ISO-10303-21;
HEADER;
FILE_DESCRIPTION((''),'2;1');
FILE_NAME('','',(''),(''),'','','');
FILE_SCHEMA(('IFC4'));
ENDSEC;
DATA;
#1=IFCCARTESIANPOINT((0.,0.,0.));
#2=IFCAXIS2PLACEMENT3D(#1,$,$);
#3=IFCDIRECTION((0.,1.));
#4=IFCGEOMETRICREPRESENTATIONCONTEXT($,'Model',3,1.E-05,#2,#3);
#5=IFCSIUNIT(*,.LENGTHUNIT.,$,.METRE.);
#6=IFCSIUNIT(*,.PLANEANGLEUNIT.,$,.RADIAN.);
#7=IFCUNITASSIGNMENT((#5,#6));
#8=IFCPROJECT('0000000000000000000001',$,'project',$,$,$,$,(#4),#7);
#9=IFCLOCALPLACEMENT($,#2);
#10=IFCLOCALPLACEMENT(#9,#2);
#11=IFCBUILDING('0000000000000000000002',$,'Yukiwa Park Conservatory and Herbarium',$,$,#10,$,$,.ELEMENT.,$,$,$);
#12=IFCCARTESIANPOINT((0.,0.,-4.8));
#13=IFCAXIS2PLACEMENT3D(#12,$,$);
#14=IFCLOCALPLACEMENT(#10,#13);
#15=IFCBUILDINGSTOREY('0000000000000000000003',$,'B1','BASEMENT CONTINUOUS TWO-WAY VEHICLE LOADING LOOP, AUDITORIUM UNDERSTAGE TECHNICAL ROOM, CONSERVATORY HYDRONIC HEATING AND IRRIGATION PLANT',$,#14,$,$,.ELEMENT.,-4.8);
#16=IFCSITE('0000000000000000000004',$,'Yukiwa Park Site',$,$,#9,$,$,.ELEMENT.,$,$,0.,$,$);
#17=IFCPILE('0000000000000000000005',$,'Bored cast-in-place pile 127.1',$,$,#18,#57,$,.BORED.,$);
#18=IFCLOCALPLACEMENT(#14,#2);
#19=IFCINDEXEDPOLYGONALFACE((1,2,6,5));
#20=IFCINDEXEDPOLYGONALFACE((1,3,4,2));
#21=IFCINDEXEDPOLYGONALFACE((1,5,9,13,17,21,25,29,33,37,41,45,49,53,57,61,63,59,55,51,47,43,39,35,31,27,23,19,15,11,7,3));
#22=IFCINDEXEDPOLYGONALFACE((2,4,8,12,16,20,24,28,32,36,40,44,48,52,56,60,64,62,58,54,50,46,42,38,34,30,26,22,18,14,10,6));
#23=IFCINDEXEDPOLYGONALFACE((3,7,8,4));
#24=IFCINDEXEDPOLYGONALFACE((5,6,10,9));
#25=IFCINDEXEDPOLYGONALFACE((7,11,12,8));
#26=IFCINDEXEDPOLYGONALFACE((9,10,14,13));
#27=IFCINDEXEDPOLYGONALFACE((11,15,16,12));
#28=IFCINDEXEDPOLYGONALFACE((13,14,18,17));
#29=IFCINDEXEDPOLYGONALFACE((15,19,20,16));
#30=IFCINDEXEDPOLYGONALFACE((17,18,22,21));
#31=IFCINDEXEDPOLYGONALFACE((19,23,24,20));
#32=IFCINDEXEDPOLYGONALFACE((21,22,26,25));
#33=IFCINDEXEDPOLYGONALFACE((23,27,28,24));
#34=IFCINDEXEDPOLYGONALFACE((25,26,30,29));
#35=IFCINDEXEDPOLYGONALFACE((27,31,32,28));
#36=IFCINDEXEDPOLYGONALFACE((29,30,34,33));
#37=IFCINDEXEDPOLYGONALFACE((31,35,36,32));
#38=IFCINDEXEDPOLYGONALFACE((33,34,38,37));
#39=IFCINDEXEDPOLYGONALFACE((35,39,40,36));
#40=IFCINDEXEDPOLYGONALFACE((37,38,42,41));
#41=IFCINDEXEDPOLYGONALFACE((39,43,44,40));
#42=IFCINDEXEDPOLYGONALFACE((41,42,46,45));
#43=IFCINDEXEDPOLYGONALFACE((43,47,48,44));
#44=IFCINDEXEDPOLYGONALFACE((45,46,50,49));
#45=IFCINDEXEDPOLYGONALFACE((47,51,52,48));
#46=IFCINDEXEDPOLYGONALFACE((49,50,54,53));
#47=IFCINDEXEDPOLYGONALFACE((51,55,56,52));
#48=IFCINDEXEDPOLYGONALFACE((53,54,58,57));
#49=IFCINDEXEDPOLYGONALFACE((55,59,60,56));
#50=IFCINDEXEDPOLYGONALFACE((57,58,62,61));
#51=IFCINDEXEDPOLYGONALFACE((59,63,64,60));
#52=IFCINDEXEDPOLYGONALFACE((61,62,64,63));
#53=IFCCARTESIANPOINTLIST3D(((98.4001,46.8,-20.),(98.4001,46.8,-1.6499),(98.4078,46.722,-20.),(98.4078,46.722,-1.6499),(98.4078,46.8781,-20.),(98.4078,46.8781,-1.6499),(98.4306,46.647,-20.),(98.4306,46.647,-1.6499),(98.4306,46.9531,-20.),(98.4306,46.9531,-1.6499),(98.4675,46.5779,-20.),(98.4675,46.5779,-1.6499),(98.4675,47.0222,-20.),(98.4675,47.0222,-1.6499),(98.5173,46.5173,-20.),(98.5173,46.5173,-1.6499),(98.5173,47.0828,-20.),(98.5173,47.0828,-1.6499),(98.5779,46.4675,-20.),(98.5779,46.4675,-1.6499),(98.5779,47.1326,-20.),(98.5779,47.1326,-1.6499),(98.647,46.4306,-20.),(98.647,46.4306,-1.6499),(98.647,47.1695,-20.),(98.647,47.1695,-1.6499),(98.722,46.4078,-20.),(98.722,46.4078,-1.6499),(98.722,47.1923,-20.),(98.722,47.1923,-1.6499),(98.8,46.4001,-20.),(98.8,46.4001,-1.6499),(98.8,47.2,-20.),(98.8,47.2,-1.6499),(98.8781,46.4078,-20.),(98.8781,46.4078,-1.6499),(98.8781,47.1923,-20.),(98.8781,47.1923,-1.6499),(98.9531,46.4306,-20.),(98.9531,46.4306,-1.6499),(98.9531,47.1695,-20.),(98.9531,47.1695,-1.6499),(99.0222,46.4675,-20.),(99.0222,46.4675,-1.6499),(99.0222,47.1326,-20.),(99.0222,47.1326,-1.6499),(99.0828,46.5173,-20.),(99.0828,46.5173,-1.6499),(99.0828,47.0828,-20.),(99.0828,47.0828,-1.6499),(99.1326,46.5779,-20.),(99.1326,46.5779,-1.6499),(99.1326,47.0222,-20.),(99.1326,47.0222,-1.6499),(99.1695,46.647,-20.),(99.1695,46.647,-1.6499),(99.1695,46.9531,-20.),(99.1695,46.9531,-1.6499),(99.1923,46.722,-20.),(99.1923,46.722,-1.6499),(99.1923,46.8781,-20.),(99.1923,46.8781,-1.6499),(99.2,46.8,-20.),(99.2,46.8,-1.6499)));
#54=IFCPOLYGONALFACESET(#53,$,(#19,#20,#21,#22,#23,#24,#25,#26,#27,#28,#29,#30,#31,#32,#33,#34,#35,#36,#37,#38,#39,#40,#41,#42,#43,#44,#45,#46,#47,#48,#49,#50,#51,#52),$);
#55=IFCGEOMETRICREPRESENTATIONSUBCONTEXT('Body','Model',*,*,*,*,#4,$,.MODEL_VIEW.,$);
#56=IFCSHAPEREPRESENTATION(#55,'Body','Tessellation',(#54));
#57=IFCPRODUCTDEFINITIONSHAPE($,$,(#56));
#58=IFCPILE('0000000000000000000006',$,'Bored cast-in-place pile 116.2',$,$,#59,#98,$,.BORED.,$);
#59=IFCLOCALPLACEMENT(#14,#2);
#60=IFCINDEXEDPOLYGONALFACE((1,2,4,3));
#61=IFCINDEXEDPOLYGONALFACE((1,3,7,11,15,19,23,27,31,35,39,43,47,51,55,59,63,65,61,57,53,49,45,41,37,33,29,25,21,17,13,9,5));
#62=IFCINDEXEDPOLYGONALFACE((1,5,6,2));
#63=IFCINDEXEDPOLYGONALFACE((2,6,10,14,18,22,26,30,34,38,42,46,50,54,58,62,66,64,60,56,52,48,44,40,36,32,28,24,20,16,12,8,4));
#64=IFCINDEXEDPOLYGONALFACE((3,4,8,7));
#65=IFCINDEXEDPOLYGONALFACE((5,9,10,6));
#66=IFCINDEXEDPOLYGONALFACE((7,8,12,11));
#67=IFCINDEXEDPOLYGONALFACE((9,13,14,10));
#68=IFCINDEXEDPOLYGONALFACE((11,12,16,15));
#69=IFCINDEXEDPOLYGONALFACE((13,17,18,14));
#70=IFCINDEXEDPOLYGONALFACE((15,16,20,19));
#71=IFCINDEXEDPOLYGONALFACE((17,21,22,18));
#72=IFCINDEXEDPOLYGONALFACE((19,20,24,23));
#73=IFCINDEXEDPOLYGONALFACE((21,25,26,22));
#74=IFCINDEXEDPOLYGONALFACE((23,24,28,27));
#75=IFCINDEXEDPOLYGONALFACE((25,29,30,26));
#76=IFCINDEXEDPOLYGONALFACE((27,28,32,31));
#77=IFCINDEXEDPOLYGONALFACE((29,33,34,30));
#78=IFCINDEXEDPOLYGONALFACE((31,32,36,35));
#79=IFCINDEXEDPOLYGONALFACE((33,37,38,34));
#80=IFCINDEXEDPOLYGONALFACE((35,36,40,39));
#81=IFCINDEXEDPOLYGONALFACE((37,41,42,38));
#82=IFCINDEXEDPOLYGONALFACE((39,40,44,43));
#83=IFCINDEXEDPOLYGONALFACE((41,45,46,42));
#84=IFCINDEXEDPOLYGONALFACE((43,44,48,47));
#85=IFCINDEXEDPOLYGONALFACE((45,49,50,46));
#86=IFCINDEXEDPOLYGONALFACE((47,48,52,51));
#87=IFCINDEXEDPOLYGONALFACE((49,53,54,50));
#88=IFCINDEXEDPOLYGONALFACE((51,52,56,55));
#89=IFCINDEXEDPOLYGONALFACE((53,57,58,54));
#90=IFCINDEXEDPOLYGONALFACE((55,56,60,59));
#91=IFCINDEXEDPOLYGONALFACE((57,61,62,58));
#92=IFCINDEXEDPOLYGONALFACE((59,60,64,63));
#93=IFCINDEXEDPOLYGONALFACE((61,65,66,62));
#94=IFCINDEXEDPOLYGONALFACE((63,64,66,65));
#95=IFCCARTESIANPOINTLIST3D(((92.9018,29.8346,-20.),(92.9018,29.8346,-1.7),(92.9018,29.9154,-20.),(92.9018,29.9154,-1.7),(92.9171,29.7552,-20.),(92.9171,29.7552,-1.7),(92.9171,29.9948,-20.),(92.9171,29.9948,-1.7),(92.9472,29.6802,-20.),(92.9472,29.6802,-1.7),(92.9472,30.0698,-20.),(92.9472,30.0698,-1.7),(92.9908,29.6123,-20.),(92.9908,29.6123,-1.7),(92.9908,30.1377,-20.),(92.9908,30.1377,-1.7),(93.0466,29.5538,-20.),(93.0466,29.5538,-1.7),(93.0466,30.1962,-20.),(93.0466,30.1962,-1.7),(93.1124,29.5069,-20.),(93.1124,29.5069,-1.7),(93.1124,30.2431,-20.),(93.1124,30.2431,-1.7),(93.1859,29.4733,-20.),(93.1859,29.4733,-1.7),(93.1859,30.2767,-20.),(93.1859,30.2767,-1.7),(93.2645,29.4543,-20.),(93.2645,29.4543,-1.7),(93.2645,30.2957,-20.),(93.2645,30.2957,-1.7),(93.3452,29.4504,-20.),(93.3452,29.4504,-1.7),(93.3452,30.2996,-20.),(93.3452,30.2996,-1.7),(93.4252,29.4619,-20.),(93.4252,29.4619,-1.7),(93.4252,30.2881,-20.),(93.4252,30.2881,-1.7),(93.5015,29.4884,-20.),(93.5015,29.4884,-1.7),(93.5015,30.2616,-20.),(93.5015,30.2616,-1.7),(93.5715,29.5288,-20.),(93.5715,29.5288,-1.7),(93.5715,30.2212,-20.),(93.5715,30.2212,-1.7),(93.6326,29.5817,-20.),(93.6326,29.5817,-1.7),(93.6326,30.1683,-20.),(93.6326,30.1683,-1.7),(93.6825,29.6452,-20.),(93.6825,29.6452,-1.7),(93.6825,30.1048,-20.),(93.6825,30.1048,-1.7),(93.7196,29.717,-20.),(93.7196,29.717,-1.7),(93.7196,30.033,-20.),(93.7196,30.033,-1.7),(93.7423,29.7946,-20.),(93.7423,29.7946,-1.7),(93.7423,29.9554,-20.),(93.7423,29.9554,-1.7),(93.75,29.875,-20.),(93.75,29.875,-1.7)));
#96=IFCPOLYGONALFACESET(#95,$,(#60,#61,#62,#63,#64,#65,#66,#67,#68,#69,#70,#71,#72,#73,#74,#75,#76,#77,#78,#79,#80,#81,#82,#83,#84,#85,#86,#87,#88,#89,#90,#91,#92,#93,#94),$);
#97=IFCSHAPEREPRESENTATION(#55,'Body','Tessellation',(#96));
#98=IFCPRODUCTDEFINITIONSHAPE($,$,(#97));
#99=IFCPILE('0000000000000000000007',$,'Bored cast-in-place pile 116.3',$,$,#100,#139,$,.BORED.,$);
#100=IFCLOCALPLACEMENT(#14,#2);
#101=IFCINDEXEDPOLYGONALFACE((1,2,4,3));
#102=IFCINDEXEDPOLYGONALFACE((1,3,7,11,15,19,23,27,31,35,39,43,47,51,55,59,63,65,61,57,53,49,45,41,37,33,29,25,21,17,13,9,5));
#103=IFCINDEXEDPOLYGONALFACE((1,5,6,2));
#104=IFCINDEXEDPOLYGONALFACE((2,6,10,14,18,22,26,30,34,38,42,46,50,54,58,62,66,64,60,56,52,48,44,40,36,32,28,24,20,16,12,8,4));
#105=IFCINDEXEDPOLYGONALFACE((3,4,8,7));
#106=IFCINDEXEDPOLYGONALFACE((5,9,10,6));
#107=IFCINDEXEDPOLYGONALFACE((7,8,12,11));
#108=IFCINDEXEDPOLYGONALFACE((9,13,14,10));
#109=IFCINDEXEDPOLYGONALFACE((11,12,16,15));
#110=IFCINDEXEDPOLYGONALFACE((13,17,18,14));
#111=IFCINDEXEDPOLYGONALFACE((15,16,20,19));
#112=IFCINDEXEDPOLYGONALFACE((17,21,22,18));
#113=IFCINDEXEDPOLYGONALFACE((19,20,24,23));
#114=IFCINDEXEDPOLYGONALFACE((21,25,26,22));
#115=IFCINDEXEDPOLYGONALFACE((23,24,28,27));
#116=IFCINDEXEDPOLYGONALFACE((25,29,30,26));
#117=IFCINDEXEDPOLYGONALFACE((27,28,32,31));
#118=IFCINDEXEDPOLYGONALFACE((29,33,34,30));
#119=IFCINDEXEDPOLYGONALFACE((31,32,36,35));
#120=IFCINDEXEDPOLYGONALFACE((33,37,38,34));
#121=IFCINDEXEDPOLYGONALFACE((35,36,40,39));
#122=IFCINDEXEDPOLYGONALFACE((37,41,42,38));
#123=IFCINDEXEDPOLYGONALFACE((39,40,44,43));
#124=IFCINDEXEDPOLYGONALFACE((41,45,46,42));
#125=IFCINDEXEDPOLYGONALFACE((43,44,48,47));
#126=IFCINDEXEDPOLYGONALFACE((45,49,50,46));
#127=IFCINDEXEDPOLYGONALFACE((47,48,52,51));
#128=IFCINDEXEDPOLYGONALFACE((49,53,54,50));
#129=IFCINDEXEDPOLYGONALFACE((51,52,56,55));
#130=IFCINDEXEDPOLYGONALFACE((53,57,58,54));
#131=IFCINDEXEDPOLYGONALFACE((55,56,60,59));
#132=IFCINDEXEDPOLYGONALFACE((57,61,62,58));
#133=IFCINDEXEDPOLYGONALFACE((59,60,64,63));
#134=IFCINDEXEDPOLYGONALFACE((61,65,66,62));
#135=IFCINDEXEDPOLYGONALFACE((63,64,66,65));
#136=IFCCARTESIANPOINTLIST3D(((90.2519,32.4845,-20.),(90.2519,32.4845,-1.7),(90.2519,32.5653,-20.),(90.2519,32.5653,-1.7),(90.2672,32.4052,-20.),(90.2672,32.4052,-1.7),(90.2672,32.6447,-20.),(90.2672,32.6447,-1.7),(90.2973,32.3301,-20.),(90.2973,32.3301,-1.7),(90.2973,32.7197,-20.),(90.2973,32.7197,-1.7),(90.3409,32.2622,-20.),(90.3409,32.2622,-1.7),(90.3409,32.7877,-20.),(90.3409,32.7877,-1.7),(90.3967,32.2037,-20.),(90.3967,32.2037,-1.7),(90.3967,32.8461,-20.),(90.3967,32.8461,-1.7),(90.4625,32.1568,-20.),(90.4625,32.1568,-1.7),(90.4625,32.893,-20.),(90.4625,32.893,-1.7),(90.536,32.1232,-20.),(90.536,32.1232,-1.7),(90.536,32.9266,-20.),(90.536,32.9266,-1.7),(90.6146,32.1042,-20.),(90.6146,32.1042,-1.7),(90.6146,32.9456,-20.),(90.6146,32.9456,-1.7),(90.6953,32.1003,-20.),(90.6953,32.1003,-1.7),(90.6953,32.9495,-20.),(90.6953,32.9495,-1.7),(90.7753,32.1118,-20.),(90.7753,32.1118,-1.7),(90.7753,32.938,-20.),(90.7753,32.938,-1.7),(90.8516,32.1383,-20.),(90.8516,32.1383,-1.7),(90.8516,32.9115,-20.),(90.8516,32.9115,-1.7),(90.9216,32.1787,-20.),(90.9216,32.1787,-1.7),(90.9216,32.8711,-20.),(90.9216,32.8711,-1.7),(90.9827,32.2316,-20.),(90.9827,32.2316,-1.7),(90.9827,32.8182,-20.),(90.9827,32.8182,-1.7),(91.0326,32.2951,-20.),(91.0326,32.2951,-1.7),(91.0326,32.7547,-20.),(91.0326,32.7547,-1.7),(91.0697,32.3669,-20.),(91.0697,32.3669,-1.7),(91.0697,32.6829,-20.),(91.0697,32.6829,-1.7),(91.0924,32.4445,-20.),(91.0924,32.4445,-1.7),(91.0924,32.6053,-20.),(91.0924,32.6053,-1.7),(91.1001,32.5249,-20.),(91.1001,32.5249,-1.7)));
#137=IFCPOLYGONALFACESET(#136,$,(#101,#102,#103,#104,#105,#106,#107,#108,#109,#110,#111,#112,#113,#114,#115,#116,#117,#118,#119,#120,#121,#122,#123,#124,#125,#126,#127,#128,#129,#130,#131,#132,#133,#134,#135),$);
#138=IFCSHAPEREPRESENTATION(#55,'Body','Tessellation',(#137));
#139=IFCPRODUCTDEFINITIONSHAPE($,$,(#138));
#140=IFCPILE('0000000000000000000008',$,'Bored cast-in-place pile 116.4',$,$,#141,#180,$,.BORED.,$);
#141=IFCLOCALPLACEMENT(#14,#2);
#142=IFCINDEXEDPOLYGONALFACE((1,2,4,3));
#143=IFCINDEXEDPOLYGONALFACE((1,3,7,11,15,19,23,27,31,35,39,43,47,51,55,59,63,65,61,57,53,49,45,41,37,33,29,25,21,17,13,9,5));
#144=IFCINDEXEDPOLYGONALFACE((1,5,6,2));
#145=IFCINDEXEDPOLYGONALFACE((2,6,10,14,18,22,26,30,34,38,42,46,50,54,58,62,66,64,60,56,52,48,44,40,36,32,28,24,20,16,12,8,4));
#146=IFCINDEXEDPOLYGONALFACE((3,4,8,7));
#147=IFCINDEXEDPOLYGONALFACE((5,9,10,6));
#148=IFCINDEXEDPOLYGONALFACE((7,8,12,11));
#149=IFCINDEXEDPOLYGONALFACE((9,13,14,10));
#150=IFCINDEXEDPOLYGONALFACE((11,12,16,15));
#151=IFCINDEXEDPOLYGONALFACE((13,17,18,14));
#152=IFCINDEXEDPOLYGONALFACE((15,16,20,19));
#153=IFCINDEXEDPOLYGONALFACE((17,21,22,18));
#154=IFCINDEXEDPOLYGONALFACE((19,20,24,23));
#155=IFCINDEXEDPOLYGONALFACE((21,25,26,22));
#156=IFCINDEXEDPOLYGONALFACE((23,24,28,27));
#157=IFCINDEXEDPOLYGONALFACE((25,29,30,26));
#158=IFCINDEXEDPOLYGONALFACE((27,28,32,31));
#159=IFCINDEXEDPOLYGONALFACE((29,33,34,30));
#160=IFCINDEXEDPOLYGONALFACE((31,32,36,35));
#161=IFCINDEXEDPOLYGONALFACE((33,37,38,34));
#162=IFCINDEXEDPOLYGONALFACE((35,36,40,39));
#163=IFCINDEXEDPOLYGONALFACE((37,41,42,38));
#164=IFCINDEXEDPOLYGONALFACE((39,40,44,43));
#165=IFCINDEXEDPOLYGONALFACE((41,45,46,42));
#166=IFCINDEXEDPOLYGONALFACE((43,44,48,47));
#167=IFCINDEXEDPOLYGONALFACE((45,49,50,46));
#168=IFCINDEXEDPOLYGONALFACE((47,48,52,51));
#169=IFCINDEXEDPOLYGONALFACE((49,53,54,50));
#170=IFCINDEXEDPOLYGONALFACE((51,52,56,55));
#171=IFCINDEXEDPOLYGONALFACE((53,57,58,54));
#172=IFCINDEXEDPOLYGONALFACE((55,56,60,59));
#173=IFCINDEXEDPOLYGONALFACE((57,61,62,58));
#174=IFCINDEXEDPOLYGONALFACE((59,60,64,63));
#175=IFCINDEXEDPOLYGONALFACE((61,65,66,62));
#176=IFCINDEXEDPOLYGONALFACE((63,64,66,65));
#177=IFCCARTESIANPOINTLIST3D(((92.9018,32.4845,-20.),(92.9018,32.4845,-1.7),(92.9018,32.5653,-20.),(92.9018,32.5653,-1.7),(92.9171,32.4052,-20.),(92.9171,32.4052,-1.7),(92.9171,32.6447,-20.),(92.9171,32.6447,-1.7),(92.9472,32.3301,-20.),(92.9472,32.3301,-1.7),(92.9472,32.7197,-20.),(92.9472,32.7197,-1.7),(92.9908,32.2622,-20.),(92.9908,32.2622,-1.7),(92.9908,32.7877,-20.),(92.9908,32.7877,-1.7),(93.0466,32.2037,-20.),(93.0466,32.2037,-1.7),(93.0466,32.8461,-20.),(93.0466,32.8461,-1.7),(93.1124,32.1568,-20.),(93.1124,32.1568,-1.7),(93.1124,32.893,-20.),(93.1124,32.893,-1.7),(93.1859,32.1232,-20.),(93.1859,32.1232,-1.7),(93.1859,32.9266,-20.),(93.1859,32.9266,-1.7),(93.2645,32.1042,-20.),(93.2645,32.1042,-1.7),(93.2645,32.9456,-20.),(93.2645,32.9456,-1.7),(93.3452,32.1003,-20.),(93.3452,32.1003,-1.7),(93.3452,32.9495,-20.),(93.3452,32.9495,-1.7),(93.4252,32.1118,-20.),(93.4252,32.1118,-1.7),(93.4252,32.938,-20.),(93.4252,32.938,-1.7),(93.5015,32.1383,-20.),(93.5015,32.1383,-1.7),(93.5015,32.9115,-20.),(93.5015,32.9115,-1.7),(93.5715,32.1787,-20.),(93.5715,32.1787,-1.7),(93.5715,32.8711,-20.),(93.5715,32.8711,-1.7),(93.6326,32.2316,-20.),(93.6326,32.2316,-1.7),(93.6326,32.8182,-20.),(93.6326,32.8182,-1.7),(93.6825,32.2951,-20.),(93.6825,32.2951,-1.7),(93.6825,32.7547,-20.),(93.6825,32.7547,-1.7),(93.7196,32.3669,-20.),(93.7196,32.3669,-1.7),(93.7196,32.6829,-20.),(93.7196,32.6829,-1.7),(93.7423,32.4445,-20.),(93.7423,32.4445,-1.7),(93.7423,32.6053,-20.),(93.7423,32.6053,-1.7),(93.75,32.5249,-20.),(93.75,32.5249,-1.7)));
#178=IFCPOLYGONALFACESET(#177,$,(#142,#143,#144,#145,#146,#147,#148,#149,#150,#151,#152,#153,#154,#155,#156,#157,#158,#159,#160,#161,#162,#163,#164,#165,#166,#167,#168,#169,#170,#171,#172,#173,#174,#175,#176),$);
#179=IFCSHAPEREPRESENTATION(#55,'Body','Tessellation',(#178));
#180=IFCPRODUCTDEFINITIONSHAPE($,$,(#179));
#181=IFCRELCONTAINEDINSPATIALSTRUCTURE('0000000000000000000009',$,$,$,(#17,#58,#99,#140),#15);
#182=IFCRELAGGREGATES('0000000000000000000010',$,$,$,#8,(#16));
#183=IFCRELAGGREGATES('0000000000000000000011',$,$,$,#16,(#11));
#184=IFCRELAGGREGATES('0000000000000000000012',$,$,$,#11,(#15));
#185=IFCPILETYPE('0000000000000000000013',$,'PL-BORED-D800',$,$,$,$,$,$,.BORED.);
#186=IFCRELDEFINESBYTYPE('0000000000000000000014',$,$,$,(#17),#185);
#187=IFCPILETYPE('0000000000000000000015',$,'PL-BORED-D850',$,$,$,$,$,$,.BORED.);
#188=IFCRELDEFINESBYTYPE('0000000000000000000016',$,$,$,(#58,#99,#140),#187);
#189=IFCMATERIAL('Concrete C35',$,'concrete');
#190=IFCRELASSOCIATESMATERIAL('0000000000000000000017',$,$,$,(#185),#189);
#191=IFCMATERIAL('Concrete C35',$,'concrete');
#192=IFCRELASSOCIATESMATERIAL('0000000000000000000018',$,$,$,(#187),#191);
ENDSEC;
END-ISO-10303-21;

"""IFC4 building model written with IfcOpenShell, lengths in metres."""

from ifc_helpers import new_model, si_unit, direction, frame, origin, origin_2d, place, context, subcontext, project, spatial, circle, extrude, material, material_profile, profile_set, type_object, element, save


model = new_model("IFC4")

# Units and contexts
model_context = context("Model", 3, precision=1e-05, world=origin(), true_north=direction((0.0, 1.0)))
body_context = subcontext(model_context, "Body", "Model", "MODEL_VIEW")
ifc_project = project(units=[si_unit("LENGTHUNIT", "METRE"), si_unit("PLANEANGLEUNIT", "RADIAN")], contexts=[model_context])

# Site, building, storey
site_placement = place(None, origin())
site = spatial("IfcSite", under=ifc_project, at=site_placement, Name="Yukiwa Park Site", CompositionType="ELEMENT", RefElevation=0.0)
building_placement = place(site_placement, origin())
building = spatial("IfcBuilding", under=site, at=building_placement, Name="Yukiwa Park Conservatory and Herbarium", CompositionType="ELEMENT")
storey_placement = place(building_placement, frame((0.0, 0.0, -4.8)))
storey = spatial("IfcBuildingStorey", under=building, at=storey_placement, Name="B1", Description="BASEMENT CONTINUOUS TWO-WAY VEHICLE LOADING LOOP, AUDITORIUM UNDERSTAGE TECHNICAL ROOM, CONSERVATORY HYDRONIC HEATING AND IRRIGATION PLANT", CompositionType="ELEMENT", Elevation=-4.8)

# Piles
ifc_material_1 = material(Name="Concrete C35", Category="concrete")
ifc_material_profile_1 = material_profile(ifc_material_1, circle(Radius=0.3999, at=origin_2d()), Name="PILE D800")
ifc_profile_set_1 = profile_set([ifc_material_profile_1], Name="Concrete C35")
pile_type_1 = type_object("IfcPileType", Name="PL-BORED-D800", PredefinedType="BORED", material=ifc_profile_set_1)
pile_placement = place(storey_placement, frame((98.8, 46.8, -1.6499), z_axis=(0.0, 0.0, -1.0), x_axis=(1.0, 0.0, 0.0)))
element("IfcPile", 1, at=pile_placement, inside=storey, type_object=pile_type_1, Name="Bored cast-in-place pile 127.1", PredefinedType="BORED", context=body_context, shape_type="SweptSolid", body=[
    extrude(circle(Radius=0.3999, at=origin_2d()), origin(), (0.0, 0.0, 1.0), 18.3501),
])
ifc_material_2 = material(Name="Concrete C35", Category="concrete")
ifc_material_profile_2 = material_profile(ifc_material_2, circle(Radius=0.425, at=origin_2d()), Name="PILE D850")
ifc_profile_set_2 = profile_set([ifc_material_profile_2], Name="Concrete C35")
pile_type_2 = type_object("IfcPileType", Name="PL-BORED-D850", PredefinedType="BORED", material=ifc_profile_set_2)
for number, where, z_axis, x_axis, name in (
    (2, (93.325, 29.875, -1.7), (0.0, 0.0, -1.0), (1.0, 0.0, 0.0), "Bored cast-in-place pile 116.2"),
    (3, (90.675, 32.5249, -1.7), (0.0, 0.0, -1.0), (1.0, 0.0, 0.0), "Bored cast-in-place pile 116.3"),
    (4, (93.325, 32.5249, -1.7), (0.0, 0.0, -1.0), (1.0, 0.0, 0.0), "Bored cast-in-place pile 116.4"),
):
    element("IfcPile", number, at=place(storey_placement, frame(where, z_axis=z_axis, x_axis=x_axis)), inside=storey, type_object=pile_type_2, Name=name, PredefinedType="BORED", context=body_context, shape_type="SweptSolid", body=[
        extrude(circle(Radius=0.425, at=origin_2d()), origin(), (0.0, 0.0, 1.0), 18.3),
    ])

save(model, "model.ifc")
